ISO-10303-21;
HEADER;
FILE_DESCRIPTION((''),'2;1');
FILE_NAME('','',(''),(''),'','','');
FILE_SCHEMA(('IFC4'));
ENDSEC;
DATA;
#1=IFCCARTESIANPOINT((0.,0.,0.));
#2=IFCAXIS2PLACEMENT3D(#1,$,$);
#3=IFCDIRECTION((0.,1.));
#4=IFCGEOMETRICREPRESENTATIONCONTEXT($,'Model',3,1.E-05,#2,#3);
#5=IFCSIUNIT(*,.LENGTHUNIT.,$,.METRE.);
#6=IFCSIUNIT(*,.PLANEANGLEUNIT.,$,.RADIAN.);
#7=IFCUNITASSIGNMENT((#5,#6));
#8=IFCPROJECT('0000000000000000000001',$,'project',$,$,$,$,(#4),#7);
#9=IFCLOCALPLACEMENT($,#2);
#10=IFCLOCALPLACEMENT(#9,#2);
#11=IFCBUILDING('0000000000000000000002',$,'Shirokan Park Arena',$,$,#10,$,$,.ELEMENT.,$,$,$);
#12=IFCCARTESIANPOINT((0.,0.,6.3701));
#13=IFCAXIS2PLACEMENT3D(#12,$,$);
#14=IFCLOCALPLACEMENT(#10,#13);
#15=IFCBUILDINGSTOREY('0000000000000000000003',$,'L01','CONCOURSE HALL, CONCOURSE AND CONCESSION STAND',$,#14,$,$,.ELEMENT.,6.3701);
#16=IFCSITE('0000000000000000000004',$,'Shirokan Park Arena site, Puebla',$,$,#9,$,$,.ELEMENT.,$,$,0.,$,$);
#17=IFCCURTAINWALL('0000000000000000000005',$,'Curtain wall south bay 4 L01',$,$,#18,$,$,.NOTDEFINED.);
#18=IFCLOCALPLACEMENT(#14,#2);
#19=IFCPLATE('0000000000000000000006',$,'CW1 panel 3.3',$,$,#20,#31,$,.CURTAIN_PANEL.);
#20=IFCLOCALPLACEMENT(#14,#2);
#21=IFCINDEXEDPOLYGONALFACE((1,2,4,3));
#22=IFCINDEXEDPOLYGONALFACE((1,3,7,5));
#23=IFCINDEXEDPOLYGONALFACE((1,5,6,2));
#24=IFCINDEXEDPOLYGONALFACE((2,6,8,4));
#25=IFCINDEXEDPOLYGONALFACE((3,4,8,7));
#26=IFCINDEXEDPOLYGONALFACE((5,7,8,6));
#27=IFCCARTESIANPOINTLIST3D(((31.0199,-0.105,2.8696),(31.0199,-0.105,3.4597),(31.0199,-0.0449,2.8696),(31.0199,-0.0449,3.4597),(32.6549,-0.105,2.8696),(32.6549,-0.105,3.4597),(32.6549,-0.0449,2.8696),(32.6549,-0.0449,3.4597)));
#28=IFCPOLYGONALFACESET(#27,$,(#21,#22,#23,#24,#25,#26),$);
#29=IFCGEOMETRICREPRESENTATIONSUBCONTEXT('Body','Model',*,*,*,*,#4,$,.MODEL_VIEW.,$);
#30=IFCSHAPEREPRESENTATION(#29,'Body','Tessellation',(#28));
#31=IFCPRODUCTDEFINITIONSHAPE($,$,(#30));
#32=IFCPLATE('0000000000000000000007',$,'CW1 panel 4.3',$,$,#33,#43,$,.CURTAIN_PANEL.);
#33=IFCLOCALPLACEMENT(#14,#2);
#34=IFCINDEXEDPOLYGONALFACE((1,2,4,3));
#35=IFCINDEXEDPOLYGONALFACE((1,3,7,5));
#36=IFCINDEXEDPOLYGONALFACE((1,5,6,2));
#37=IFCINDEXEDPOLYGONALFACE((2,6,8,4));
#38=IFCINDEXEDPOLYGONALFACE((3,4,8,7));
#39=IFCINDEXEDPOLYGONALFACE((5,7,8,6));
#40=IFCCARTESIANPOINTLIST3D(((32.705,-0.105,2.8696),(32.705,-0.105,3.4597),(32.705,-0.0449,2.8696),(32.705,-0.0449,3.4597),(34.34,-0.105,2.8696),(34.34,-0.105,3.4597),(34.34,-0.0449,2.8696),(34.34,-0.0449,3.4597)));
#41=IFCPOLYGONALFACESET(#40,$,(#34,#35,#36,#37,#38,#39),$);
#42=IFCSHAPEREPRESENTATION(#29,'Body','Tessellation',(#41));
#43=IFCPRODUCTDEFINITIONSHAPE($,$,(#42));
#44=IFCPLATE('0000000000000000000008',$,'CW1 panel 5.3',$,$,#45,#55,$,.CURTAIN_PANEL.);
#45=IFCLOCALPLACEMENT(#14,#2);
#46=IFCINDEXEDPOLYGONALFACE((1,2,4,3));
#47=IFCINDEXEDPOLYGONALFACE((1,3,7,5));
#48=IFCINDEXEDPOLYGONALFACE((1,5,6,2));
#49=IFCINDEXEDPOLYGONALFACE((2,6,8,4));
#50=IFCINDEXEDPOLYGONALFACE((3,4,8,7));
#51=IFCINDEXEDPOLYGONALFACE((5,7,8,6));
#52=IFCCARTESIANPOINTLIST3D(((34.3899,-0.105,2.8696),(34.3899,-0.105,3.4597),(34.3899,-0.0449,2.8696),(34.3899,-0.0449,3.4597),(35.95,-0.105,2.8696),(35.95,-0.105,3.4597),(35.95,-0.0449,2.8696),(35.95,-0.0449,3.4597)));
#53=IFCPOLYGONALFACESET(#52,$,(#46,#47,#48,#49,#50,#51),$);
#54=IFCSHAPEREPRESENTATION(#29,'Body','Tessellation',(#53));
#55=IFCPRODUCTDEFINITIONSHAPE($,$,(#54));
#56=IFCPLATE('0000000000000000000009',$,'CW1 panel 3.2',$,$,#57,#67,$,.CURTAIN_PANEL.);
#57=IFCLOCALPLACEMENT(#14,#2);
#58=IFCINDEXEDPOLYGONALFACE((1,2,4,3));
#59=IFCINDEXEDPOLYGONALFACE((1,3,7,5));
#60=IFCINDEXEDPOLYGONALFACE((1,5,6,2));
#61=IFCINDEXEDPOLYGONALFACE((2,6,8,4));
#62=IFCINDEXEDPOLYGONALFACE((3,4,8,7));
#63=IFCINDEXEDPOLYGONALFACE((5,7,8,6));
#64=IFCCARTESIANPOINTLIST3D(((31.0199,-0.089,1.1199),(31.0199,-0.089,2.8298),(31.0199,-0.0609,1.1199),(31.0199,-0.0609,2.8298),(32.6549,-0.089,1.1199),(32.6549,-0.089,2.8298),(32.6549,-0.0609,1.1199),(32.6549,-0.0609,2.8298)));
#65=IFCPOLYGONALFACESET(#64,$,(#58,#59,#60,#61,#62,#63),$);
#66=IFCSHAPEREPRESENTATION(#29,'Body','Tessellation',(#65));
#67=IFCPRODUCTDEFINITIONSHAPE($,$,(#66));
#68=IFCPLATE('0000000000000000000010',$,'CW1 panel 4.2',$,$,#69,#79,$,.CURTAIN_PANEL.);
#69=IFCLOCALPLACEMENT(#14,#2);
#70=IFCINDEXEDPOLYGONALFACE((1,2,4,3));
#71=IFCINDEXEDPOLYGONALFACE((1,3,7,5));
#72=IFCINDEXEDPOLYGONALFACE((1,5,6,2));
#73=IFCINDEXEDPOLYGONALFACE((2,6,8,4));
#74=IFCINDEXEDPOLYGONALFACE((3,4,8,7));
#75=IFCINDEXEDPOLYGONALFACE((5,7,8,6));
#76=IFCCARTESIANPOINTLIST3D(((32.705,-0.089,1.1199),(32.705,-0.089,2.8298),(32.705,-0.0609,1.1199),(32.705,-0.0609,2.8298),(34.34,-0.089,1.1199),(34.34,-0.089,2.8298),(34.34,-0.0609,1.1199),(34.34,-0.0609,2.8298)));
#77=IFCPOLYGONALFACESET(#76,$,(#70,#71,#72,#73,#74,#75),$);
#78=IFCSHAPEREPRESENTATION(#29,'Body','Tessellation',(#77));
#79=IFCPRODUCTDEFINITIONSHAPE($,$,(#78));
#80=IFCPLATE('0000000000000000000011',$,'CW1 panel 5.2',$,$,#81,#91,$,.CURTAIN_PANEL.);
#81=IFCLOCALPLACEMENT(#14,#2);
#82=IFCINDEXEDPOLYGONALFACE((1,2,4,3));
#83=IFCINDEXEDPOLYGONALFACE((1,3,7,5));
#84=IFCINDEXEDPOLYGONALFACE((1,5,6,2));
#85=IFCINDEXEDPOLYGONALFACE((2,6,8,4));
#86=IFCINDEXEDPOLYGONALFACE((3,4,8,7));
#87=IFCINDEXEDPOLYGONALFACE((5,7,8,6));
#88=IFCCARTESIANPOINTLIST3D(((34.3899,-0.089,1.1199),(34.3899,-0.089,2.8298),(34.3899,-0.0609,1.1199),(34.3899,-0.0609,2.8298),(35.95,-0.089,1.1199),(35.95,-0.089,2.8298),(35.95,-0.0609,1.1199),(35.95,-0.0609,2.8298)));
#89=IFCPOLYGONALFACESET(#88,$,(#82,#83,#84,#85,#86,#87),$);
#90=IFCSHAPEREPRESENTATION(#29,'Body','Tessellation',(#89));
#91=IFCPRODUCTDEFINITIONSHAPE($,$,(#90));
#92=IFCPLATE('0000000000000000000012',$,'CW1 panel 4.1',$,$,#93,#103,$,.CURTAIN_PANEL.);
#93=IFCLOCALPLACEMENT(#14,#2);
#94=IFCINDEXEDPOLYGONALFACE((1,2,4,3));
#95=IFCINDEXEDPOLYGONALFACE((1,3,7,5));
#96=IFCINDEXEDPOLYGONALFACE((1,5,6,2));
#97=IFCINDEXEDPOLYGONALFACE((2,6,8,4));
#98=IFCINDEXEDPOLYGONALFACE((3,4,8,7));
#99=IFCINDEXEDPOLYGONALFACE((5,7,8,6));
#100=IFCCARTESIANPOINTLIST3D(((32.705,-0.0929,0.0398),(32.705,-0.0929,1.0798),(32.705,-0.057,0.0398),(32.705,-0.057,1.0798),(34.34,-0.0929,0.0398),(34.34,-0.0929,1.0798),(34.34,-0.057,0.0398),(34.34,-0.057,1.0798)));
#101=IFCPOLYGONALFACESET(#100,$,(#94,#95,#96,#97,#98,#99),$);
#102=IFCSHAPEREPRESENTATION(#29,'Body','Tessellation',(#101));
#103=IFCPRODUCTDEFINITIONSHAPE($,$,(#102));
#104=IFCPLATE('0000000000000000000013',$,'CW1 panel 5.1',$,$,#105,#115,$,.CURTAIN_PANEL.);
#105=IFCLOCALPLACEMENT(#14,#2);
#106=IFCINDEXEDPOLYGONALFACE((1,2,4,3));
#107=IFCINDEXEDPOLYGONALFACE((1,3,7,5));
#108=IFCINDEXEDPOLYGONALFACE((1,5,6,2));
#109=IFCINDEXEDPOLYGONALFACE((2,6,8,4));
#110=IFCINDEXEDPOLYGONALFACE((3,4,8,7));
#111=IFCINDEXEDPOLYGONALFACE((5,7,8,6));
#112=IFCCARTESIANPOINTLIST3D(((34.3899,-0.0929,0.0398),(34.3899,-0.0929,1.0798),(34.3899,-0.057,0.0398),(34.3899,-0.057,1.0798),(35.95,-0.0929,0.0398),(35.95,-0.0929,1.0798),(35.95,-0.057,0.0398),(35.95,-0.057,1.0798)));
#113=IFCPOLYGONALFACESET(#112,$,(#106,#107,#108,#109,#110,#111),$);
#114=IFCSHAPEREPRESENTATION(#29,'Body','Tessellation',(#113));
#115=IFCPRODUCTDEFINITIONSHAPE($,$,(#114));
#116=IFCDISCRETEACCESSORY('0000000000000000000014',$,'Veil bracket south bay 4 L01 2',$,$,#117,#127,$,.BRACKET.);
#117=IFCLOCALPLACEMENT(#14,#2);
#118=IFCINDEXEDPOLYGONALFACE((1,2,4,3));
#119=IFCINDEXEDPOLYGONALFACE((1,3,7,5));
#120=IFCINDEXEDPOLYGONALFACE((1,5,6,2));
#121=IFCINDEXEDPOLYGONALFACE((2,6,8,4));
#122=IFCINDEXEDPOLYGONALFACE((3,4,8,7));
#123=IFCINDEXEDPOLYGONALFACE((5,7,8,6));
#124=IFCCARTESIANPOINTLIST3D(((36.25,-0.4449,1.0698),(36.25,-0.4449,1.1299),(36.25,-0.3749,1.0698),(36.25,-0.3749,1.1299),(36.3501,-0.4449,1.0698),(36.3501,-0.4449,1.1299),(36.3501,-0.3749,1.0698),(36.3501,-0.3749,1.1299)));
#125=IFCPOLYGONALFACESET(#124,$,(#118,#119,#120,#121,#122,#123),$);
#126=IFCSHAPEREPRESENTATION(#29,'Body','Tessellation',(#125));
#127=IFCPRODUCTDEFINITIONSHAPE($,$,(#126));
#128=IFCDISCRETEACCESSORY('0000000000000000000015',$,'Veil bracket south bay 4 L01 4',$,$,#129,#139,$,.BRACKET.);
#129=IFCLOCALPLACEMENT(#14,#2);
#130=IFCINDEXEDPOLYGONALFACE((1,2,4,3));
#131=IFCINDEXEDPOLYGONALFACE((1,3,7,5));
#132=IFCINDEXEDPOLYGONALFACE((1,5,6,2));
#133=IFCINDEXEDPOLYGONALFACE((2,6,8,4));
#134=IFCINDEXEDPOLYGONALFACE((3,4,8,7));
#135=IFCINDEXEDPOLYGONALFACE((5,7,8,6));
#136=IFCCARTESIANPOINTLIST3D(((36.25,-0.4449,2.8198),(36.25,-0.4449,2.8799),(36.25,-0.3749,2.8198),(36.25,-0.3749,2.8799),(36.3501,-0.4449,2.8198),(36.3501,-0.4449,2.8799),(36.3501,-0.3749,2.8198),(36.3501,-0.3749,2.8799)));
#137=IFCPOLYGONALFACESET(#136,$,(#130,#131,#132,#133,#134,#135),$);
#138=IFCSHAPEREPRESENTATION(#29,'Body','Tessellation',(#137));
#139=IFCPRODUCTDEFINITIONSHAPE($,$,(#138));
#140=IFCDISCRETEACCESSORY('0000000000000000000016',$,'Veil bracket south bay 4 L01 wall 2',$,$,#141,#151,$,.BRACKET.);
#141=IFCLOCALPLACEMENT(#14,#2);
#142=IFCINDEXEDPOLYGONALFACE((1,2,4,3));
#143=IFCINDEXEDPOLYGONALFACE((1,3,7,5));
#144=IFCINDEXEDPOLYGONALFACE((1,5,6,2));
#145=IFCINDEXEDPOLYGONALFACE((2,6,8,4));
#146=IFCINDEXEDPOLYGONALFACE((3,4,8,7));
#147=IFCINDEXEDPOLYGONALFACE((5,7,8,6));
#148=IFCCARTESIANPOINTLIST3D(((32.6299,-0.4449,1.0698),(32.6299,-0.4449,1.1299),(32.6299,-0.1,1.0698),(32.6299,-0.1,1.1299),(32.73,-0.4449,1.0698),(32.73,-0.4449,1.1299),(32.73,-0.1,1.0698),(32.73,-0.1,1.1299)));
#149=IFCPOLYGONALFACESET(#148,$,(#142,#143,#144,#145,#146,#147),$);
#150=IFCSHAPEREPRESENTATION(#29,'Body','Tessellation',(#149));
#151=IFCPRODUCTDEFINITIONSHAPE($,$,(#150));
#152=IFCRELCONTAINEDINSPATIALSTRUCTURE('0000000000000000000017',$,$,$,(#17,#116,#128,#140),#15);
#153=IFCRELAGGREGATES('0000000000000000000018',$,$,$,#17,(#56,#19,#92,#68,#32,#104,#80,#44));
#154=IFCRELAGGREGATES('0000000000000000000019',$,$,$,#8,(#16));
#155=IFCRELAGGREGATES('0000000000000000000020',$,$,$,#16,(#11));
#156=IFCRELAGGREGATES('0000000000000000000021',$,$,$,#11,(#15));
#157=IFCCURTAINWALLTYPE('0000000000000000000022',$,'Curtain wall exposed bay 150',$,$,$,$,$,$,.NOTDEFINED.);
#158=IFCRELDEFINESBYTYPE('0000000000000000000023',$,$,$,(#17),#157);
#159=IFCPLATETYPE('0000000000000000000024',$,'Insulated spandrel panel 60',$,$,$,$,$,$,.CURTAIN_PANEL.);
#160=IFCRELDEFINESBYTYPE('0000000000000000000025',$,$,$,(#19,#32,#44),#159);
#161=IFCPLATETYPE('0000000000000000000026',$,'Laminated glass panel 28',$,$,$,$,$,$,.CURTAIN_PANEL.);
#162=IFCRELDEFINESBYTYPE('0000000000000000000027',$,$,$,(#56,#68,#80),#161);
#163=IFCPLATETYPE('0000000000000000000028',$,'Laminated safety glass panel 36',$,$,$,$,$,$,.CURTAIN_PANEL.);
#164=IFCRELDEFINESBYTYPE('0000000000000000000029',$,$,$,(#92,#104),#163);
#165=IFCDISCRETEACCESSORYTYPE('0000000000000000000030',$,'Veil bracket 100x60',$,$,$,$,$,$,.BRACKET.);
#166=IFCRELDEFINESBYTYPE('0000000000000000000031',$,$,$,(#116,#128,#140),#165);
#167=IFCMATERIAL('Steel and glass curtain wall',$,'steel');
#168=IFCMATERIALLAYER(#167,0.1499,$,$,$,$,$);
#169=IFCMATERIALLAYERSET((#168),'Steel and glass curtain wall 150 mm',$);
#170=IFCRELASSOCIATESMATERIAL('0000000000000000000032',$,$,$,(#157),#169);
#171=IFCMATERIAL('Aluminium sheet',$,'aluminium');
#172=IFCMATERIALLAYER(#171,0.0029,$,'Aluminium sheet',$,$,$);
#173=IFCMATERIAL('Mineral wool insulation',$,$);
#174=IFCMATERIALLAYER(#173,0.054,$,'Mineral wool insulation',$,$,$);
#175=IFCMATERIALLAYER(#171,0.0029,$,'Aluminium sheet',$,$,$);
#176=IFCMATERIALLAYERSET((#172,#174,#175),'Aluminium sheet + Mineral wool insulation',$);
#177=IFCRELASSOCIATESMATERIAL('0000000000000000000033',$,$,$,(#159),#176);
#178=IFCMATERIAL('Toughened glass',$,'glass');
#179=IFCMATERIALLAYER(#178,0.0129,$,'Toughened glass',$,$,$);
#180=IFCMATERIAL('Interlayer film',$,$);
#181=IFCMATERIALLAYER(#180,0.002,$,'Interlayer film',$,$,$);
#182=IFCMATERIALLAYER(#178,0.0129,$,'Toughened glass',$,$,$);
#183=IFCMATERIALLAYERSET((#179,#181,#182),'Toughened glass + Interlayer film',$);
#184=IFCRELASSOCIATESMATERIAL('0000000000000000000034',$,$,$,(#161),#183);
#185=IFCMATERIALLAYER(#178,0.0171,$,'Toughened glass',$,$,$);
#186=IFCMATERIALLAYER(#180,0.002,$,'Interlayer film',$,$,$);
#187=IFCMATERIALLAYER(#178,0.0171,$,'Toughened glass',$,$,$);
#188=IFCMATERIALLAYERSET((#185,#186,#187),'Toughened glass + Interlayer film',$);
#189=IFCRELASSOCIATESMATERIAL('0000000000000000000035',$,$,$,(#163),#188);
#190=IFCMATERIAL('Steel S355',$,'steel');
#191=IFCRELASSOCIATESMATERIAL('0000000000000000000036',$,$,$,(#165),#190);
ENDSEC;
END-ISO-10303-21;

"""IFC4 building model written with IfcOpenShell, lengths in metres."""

from ifc_helpers import new_model, si_unit, direction, frame, origin, origin_2d, place, context, subcontext, project, spatial, rectangle, extrude, material, layer, layer_set, type_object, element, aggregate, save


model = new_model("IFC4")

# Units and contexts
model_context = context("Model", 3, precision=1e-05, world=origin(), true_north=direction((0.0, 1.0)))
body_context = subcontext(model_context, "Body", "Model", "MODEL_VIEW")
ifc_project = project(units=[si_unit("LENGTHUNIT", "METRE"), si_unit("PLANEANGLEUNIT", "RADIAN")], contexts=[model_context])

# Site, building, storey
site_placement = place(None, origin())
site = spatial("IfcSite", under=ifc_project, at=site_placement, Name="Shirokan Park Arena site, Puebla", CompositionType="ELEMENT", RefElevation=0.0)
building_placement = place(site_placement, origin())
building = spatial("IfcBuilding", under=site, at=building_placement, Name="Shirokan Park Arena", CompositionType="ELEMENT")
storey_placement = place(building_placement, frame((0.0, 0.0, 6.3701)))
storey = spatial("IfcBuildingStorey", under=building, at=storey_placement, Name="L01", Description="CONCOURSE HALL, CONCOURSE AND CONCESSION STAND", CompositionType="ELEMENT", Elevation=6.3701)

# Curtain wall, plates
ifc_material_1 = material(Name="Steel and glass curtain wall", Category="steel")
ifc_layer_1 = layer(ifc_material_1, 0.1499)
ifc_layer_set_1 = layer_set([ifc_layer_1], Name="Steel and glass curtain wall 150 mm")
curtain_wall_type = type_object("IfcCurtainWallType", Name="Curtain wall exposed bay 150", PredefinedType="NOTDEFINED", material=ifc_layer_set_1)
curtain_wall_placement = place(storey_placement, origin())
curtain_wall = element("IfcCurtainWall", 1, at=curtain_wall_placement, inside=storey, type_object=curtain_wall_type, Name="Curtain wall south bay 4 L01", PredefinedType="NOTDEFINED")
ifc_material_2 = material(Name="Steel S355", Category="steel")
ifc_material_3 = material(Name="Aluminium sheet", Category="aluminium")
ifc_layer_2 = layer(ifc_material_3, 0.0029, Name="Aluminium sheet")
ifc_material_4 = material(Name="Mineral wool insulation")
ifc_layer_3 = layer(ifc_material_4, 0.054, Name="Mineral wool insulation")
ifc_layer_4 = layer(ifc_material_3, 0.0029, Name="Aluminium sheet")
ifc_layer_set_2 = layer_set([ifc_layer_2, ifc_layer_3, ifc_layer_4], Name="Aluminium sheet + Mineral wool insulation")
plate_type_1 = type_object("IfcPlateType", Name="Insulated spandrel panel 60", PredefinedType="CURTAIN_PANEL", material=ifc_layer_set_2)
plate_1_placement = place(storey_placement, frame((31.8374, -0.075, 2.8696), z_axis=(0.0, 0.0, 1.0), x_axis=(1.0, 0.0, 0.0)))
plate_1 = element("IfcPlate", 2, at=plate_1_placement, type_object=plate_type_1, Name="CW1 panel 3.3", PredefinedType="CURTAIN_PANEL", context=body_context, shape_type="SweptSolid", body=[
    extrude(rectangle(XDim=1.635, YDim=0.0601, at=origin_2d()), origin(), (0.0, 0.0, 1.0), 0.5901),
])
plate_2_placement = place(storey_placement, frame((33.5225, -0.075, 2.8696), z_axis=(0.0, 0.0, 1.0), x_axis=(1.0, 0.0, 0.0)))
plate_2 = element("IfcPlate", 3, at=plate_2_placement, type_object=plate_type_1, Name="CW1 panel 4.3", PredefinedType="CURTAIN_PANEL", context=body_context, shape_type="SweptSolid", body=[
    extrude(rectangle(XDim=1.635, YDim=0.0601, at=origin_2d()), origin(), (0.0, 0.0, 1.0), 0.5901),
])
plate_3_placement = place(storey_placement, frame((35.1699, -0.075, 2.8696), z_axis=(0.0, 0.0, 1.0), x_axis=(1.0, 0.0, 0.0)))
plate_3 = element("IfcPlate", 4, at=plate_3_placement, type_object=plate_type_1, Name="CW1 panel 5.3", PredefinedType="CURTAIN_PANEL", context=body_context, shape_type="SweptSolid", body=[
    extrude(rectangle(XDim=1.5601, YDim=0.0601, at=origin_2d()), origin(), (0.0, 0.0, 1.0), 0.5901),
])
ifc_material_5 = material(Name="Toughened glass", Category="glass")
ifc_layer_5 = layer(ifc_material_5, 0.0129, Name="Toughened glass")
ifc_material_6 = material(Name="Interlayer film")
ifc_layer_6 = layer(ifc_material_6, 0.002, Name="Interlayer film")
ifc_layer_7 = layer(ifc_material_5, 0.0129, Name="Toughened glass")
ifc_layer_set_3 = layer_set([ifc_layer_5, ifc_layer_6, ifc_layer_7], Name="Toughened glass + Interlayer film")
plate_type_2 = type_object("IfcPlateType", Name="Laminated glass panel 28", PredefinedType="CURTAIN_PANEL", material=ifc_layer_set_3)
plate_4_placement = place(storey_placement, frame((31.8374, -0.075, 1.1199), z_axis=(0.0, 0.0, 1.0), x_axis=(1.0, 0.0, 0.0)))
plate_4 = element("IfcPlate", 5, at=plate_4_placement, type_object=plate_type_2, Name="CW1 panel 3.2", PredefinedType="CURTAIN_PANEL", context=body_context, shape_type="SweptSolid", body=[
    extrude(rectangle(XDim=1.635, YDim=0.0281, at=origin_2d()), origin(), (0.0, 0.0, 1.0), 1.71),
])
plate_5_placement = place(storey_placement, frame((33.5225, -0.075, 1.1199), z_axis=(0.0, 0.0, 1.0), x_axis=(1.0, 0.0, 0.0)))
plate_5 = element("IfcPlate", 6, at=plate_5_placement, type_object=plate_type_2, Name="CW1 panel 4.2", PredefinedType="CURTAIN_PANEL", context=body_context, shape_type="SweptSolid", body=[
    extrude(rectangle(XDim=1.635, YDim=0.0281, at=origin_2d()), origin(), (0.0, 0.0, 1.0), 1.71),
])
plate_6_placement = place(storey_placement, frame((35.1699, -0.075, 1.1199), z_axis=(0.0, 0.0, 1.0), x_axis=(1.0, 0.0, 0.0)))
plate_6 = element("IfcPlate", 7, at=plate_6_placement, type_object=plate_type_2, Name="CW1 panel 5.2", PredefinedType="CURTAIN_PANEL", context=body_context, shape_type="SweptSolid", body=[
    extrude(rectangle(XDim=1.5601, YDim=0.0281, at=origin_2d()), origin(), (0.0, 0.0, 1.0), 1.71),
])
ifc_layer_8 = layer(ifc_material_5, 0.0171, Name="Toughened glass")
ifc_layer_9 = layer(ifc_material_6, 0.002, Name="Interlayer film")
ifc_layer_10 = layer(ifc_material_5, 0.0171, Name="Toughened glass")
ifc_layer_set_4 = layer_set([ifc_layer_8, ifc_layer_9, ifc_layer_10], Name="Toughened glass + Interlayer film")
plate_type_3 = type_object("IfcPlateType", Name="Laminated safety glass panel 36", PredefinedType="CURTAIN_PANEL", material=ifc_layer_set_4)
plate_7_placement = place(storey_placement, frame((33.5225, -0.075, 0.0398), z_axis=(0.0, 0.0, 1.0), x_axis=(1.0, 0.0, 0.0)))
plate_7 = element("IfcPlate", 8, at=plate_7_placement, type_object=plate_type_3, Name="CW1 panel 4.1", PredefinedType="CURTAIN_PANEL", context=body_context, shape_type="SweptSolid", body=[
    extrude(rectangle(XDim=1.635, YDim=0.0359, at=origin_2d()), origin(), (0.0, 0.0, 1.0), 1.04),
])
plate_8_placement = place(storey_placement, frame((35.1699, -0.075, 0.0398), z_axis=(0.0, 0.0, 1.0), x_axis=(1.0, 0.0, 0.0)))
plate_8 = element("IfcPlate", 9, at=plate_8_placement, type_object=plate_type_3, Name="CW1 panel 5.1", PredefinedType="CURTAIN_PANEL", context=body_context, shape_type="SweptSolid", body=[
    extrude(rectangle(XDim=1.5601, YDim=0.0359, at=origin_2d()), origin(), (0.0, 0.0, 1.0), 1.04),
])
aggregate(curtain_wall, [plate_4, plate_1, plate_7, plate_5, plate_2, plate_8, plate_6, plate_3])

# Discrete accessories
discrete_accessory_type = type_object("IfcDiscreteAccessoryType", Name="Veil bracket 100x60", PredefinedType="BRACKET", material=ifc_material_2)
for number, where, z_axis, x_axis, name in (
    (10, (36.3, -0.4099, 1.0698), (0.0, 0.0, 1.0), (1.0, 0.0, 0.0), "Veil bracket south bay 4 L01 2"),
    (11, (36.3, -0.4099, 2.8198), (0.0, 0.0, 1.0), (1.0, 0.0, 0.0), "Veil bracket south bay 4 L01 4"),
):
    element("IfcDiscreteAccessory", number, at=place(storey_placement, frame(where, z_axis=z_axis, x_axis=x_axis)), inside=storey, type_object=discrete_accessory_type, Name=name, PredefinedType="BRACKET", context=body_context, shape_type="SweptSolid", body=[
        extrude(rectangle(XDim=0.1001, YDim=0.0701, at=origin_2d()), origin(), (0.0, 0.0, 1.0), 0.0601),
    ])
discrete_accessory_placement = place(storey_placement, frame((32.6799, -0.2725, 1.0698), z_axis=(0.0, 0.0, 1.0), x_axis=(1.0, 0.0, 0.0)))
element("IfcDiscreteAccessory", 12, at=discrete_accessory_placement, inside=storey, type_object=discrete_accessory_type, Name="Veil bracket south bay 4 L01 wall 2", PredefinedType="BRACKET", context=body_context, shape_type="SweptSolid", body=[
    extrude(rectangle(XDim=0.1001, YDim=0.345, at=origin_2d()), origin(), (0.0, 0.0, 1.0), 0.0601),
])

save(model, "model.ifc")
